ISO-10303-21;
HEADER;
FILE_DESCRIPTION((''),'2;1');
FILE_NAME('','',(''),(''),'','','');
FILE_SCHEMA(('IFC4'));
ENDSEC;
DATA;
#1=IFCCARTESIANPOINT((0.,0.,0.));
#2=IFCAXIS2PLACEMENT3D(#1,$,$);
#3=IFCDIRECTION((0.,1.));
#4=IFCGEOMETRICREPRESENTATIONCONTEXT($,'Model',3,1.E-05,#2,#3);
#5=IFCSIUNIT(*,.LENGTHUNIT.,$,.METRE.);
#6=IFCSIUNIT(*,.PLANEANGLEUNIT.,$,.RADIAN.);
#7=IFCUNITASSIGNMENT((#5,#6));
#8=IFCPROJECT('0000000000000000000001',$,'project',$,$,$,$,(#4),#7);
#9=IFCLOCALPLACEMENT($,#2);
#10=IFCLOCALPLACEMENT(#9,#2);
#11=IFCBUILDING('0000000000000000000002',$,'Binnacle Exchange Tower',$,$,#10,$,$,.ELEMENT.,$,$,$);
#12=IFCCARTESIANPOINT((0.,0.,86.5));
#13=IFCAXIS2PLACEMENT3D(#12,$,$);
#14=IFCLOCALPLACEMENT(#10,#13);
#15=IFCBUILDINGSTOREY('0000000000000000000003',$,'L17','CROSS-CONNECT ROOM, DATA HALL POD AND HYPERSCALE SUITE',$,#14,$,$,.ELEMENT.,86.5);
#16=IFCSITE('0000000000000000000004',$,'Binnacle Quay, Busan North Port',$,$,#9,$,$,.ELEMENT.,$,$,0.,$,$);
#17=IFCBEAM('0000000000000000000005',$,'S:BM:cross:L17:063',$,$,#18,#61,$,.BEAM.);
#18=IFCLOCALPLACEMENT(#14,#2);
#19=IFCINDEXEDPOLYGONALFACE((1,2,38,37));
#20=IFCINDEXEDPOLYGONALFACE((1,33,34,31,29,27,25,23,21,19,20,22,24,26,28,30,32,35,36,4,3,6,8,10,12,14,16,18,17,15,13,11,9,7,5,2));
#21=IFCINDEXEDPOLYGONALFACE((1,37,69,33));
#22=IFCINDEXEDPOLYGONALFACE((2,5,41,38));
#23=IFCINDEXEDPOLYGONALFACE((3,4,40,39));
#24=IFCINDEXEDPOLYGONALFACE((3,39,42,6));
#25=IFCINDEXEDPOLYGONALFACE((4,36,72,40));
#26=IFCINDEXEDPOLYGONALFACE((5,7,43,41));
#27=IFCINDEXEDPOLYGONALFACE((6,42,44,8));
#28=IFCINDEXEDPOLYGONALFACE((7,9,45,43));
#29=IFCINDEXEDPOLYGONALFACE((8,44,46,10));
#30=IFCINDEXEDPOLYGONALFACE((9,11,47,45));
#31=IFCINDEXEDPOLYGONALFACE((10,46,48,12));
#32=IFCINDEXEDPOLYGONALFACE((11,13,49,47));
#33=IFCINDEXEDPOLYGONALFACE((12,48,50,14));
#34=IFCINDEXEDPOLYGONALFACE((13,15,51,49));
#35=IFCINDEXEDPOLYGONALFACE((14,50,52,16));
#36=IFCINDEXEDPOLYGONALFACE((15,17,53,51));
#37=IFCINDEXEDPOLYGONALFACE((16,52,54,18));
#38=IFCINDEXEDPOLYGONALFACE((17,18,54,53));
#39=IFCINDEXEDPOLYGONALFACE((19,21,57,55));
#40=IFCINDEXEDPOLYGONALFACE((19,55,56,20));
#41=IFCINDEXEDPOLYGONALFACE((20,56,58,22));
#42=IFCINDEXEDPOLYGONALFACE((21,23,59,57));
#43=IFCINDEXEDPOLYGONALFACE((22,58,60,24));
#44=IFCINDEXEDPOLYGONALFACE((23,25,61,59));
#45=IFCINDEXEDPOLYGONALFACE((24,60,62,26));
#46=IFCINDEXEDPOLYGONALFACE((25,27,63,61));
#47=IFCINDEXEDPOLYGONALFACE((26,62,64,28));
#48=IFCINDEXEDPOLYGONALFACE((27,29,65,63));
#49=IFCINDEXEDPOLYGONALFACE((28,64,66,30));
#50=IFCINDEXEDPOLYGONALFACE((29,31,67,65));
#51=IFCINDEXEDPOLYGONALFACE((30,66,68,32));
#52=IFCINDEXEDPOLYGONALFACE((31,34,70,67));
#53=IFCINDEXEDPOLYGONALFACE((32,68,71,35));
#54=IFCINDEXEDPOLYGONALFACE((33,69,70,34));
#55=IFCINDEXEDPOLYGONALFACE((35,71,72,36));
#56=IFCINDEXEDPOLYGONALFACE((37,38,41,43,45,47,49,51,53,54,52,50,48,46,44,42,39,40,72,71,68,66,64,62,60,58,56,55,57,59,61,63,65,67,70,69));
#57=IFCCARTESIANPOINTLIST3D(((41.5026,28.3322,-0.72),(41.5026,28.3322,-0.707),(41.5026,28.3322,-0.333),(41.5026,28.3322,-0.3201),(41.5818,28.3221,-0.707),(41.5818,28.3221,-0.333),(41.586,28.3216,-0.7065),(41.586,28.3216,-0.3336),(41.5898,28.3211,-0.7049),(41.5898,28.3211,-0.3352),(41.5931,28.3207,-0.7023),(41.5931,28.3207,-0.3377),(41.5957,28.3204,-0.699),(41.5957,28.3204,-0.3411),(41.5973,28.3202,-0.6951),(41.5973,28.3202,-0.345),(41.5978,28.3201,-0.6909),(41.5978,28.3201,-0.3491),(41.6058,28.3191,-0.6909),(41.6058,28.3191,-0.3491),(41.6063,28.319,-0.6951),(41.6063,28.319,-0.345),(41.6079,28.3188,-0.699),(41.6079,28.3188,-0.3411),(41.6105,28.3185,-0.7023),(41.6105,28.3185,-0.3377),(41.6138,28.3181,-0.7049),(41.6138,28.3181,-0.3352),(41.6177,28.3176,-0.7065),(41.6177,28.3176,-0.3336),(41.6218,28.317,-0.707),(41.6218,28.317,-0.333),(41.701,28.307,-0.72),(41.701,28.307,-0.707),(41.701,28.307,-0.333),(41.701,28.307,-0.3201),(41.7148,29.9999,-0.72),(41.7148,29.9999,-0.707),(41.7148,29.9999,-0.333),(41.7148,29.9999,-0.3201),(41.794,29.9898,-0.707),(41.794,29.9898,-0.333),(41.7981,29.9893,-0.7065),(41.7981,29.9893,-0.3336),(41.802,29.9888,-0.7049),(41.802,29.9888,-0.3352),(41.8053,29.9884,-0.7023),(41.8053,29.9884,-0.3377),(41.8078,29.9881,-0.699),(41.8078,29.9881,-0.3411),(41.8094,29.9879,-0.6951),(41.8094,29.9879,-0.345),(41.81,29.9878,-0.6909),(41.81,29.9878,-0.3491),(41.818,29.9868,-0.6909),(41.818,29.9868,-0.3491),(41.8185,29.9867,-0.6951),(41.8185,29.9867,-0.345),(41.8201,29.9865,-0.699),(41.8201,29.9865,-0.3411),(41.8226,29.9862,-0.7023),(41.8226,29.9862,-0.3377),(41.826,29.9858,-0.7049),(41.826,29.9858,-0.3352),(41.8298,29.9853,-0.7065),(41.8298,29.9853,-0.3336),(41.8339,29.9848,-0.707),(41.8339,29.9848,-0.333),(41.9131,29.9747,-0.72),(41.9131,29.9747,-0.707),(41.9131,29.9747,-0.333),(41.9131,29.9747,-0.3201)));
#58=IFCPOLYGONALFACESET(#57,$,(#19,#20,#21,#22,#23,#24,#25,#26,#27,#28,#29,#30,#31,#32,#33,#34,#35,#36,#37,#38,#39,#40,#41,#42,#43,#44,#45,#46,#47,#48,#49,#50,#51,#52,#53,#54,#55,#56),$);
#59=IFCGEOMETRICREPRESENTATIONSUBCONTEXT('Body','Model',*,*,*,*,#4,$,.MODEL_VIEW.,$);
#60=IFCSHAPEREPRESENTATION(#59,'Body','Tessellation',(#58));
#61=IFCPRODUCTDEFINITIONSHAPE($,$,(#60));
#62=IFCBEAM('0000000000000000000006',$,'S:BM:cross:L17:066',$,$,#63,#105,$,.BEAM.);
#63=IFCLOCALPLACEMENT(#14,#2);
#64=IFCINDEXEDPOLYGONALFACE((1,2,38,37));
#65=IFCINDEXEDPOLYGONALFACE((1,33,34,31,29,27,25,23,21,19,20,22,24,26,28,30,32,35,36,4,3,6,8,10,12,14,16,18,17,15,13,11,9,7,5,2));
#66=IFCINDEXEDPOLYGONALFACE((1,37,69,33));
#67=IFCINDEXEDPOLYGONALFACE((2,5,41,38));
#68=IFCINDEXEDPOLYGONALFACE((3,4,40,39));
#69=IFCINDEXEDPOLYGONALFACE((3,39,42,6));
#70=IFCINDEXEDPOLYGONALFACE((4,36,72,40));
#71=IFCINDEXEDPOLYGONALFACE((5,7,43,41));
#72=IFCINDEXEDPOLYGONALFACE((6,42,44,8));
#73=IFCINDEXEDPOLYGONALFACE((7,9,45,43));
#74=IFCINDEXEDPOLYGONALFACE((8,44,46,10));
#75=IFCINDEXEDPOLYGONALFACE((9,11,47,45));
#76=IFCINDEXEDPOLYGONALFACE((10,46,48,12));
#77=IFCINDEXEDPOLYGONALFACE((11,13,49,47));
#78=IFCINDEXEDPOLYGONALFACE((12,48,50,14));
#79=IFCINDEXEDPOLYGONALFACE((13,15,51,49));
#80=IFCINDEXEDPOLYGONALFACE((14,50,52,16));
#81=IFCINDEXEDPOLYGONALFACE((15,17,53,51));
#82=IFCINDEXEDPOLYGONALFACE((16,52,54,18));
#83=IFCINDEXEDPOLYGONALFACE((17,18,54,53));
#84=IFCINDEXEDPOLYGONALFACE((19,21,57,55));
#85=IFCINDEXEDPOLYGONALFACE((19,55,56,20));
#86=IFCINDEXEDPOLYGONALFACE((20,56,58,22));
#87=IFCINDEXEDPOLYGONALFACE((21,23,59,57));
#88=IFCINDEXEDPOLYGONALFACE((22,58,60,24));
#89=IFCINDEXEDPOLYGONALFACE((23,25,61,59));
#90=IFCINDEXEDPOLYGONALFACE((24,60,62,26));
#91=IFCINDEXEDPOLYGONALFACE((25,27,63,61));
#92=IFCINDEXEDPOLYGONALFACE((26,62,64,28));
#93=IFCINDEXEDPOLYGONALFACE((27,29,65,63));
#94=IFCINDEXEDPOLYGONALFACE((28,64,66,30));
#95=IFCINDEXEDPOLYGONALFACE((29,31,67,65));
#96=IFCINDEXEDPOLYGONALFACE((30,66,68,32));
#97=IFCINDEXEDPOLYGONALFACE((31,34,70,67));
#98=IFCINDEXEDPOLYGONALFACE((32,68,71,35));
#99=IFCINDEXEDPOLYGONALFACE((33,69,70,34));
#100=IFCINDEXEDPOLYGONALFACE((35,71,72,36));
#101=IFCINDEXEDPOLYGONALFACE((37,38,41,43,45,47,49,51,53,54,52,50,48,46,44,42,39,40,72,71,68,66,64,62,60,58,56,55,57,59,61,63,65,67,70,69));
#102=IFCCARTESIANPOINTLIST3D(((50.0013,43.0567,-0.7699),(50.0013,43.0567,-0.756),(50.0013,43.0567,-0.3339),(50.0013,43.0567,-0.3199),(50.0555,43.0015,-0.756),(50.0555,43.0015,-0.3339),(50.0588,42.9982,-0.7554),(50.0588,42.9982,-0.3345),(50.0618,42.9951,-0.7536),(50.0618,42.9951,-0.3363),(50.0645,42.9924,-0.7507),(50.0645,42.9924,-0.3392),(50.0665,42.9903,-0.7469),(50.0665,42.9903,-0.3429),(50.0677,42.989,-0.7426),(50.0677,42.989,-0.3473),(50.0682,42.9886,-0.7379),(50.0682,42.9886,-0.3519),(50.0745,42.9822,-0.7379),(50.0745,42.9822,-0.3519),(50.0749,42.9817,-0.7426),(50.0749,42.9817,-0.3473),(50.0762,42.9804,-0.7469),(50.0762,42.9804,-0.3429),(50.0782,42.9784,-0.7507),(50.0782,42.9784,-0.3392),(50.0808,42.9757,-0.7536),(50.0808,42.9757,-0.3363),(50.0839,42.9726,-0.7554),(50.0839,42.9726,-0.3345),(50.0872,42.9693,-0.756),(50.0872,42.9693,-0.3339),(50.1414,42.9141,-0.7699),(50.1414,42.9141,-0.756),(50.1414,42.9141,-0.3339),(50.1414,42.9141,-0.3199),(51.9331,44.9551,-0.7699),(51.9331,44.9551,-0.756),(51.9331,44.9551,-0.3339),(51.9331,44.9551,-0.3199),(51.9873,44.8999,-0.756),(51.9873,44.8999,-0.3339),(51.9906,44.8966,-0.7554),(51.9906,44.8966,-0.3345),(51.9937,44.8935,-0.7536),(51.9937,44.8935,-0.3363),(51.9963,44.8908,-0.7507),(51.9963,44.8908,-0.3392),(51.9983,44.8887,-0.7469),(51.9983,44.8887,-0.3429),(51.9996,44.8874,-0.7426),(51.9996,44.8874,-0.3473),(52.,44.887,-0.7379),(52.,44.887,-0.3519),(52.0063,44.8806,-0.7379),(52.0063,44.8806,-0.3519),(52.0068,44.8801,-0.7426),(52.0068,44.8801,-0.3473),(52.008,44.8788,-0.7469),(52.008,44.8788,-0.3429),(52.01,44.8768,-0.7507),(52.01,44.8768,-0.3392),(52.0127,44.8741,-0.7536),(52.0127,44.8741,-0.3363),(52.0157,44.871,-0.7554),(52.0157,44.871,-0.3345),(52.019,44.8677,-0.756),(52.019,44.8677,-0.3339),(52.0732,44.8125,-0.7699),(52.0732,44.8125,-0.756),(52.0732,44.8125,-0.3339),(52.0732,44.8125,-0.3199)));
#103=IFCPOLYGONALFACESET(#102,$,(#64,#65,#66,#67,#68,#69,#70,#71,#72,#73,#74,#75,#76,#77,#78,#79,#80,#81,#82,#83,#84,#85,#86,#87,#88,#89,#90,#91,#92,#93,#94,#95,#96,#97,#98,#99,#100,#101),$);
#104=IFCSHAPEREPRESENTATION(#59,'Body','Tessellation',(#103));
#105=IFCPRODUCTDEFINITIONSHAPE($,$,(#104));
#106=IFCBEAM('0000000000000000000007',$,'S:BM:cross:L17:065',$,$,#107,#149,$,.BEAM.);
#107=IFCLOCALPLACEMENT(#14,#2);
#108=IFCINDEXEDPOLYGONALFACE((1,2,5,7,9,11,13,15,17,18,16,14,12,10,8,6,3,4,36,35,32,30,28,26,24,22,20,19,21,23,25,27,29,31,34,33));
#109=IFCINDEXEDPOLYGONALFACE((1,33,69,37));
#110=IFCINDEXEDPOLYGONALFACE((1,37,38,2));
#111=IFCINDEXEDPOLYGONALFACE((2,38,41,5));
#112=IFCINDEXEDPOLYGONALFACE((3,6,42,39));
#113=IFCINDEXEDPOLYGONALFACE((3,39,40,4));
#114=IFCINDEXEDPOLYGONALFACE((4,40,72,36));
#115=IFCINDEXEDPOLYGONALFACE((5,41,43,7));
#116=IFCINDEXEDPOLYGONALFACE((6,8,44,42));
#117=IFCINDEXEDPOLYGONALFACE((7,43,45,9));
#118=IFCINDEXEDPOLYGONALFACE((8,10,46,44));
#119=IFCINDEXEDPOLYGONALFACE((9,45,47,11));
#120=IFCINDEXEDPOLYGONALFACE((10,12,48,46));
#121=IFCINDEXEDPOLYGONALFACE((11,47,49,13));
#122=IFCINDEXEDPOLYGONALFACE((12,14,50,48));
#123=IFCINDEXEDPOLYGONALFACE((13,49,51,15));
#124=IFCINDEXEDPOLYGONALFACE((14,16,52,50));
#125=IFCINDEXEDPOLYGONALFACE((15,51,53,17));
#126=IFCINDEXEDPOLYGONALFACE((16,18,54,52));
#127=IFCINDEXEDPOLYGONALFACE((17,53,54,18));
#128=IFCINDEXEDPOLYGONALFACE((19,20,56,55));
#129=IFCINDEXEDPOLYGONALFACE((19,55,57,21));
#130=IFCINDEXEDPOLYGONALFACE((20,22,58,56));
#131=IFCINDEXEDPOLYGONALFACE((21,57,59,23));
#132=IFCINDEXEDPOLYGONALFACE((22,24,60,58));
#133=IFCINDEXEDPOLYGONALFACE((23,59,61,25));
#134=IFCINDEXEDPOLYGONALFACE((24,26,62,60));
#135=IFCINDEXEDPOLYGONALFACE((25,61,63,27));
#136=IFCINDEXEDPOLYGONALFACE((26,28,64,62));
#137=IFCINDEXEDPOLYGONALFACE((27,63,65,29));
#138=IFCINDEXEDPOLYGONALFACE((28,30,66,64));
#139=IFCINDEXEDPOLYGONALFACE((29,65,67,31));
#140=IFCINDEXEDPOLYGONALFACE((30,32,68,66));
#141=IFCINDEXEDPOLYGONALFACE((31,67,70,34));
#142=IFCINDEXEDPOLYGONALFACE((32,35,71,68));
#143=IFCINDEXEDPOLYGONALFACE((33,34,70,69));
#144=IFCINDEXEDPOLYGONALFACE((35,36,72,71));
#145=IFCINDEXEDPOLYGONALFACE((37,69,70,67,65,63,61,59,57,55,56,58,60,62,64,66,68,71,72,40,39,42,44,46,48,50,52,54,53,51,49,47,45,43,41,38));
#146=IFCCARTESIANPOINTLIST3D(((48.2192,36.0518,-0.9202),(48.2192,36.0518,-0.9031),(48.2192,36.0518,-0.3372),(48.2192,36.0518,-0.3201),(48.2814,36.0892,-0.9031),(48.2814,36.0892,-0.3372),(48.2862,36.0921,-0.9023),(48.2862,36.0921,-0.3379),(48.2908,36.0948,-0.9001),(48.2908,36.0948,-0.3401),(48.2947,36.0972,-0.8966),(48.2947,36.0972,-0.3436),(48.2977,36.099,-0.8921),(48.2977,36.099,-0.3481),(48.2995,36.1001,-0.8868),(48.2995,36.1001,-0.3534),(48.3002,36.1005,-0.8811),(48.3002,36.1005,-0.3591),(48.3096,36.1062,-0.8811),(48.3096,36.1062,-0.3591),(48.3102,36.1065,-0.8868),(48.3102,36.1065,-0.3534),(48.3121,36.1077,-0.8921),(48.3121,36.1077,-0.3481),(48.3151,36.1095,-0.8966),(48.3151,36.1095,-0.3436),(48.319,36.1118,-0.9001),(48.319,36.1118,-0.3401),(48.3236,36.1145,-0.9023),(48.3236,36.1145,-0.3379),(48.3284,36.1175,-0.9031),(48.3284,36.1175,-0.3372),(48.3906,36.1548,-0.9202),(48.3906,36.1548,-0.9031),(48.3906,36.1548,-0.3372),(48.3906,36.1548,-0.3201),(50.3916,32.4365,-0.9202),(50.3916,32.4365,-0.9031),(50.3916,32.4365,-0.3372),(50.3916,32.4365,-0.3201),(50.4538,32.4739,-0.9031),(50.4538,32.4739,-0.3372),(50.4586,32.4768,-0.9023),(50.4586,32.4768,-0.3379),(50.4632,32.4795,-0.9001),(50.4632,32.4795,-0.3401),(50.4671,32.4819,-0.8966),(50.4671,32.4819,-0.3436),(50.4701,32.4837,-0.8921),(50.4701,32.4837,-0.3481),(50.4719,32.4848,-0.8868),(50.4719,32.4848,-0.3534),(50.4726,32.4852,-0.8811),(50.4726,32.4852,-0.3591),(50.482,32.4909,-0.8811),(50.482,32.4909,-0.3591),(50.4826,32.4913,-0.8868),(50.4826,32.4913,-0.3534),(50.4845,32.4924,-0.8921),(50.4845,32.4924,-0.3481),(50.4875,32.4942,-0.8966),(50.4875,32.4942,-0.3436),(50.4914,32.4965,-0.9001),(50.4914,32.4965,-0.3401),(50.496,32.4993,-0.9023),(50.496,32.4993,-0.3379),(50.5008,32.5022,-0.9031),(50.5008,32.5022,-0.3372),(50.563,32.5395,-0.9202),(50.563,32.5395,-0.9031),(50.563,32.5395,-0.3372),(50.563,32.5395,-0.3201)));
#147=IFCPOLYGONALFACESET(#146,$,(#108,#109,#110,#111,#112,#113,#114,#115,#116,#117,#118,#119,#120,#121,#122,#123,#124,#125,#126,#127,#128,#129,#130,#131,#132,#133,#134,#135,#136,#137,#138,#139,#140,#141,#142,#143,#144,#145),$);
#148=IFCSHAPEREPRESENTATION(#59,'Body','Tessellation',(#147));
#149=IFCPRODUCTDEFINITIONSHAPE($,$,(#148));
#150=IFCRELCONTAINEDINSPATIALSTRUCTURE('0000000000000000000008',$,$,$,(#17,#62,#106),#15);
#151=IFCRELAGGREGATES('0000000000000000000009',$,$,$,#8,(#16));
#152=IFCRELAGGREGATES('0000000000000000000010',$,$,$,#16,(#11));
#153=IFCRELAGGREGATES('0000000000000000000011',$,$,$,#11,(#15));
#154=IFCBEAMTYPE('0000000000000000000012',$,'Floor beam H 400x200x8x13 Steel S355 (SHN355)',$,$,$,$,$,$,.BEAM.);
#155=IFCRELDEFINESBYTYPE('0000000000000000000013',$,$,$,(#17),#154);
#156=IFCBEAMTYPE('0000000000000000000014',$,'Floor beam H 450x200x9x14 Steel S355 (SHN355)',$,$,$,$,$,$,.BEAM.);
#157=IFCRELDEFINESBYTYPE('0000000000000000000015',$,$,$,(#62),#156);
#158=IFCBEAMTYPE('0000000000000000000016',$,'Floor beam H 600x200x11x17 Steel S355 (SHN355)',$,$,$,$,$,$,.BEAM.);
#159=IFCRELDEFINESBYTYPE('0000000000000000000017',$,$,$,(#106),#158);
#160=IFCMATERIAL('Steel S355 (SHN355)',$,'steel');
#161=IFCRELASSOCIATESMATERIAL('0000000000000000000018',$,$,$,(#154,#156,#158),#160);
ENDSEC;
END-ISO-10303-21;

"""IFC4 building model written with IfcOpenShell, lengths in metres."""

from ifc_helpers import new_model, si_unit, direction, frame, origin, origin_2d, place, context, subcontext, project, spatial, i_section, extrude, material, material_profile, profile_set, type_object, element, save


model = new_model("IFC4")

# Units and contexts
model_context = context("Model", 3, precision=1e-05, world=origin(), true_north=direction((0.0, 1.0)))
body_context = subcontext(model_context, "Body", "Model", "MODEL_VIEW")
ifc_project = project(units=[si_unit("LENGTHUNIT", "METRE"), si_unit("PLANEANGLEUNIT", "RADIAN")], contexts=[model_context])

# Site, building, storey
site_placement = place(None, origin())
site = spatial("IfcSite", under=ifc_project, at=site_placement, Name="Binnacle Quay, Busan North Port", CompositionType="ELEMENT", RefElevation=0.0)
building_placement = place(site_placement, origin())
building = spatial("IfcBuilding", under=site, at=building_placement, Name="Binnacle Exchange Tower", CompositionType="ELEMENT")
storey_placement = place(building_placement, frame((0.0, 0.0, 86.5)))
storey = spatial("IfcBuildingStorey", under=building, at=storey_placement, Name="L17", Description="CROSS-CONNECT ROOM, DATA HALL POD AND HYPERSCALE SUITE", CompositionType="ELEMENT", Elevation=86.5)

# Beams
ifc_material_1 = material(Name="Steel S355 (SHN355)", Category="steel")
ifc_material_profile_1 = material_profile(ifc_material_1, i_section(OverallWidth=0.2, OverallDepth=0.3999, WebThickness=0.0081, FlangeThickness=0.0129, FilletRadius=0.0161, at=origin_2d()), Name="H 400x200x8x13")
ifc_profile_set_1 = profile_set([ifc_material_profile_1], Name="Steel S355 (SHN355)")
beam_type_1 = type_object("IfcBeamType", Name="Floor beam H 400x200x8x13 Steel S355 (SHN355)", PredefinedType="BEAM", material=ifc_profile_set_1)
beam_1_placement = place(storey_placement, frame((41.6018, 28.3196, -0.52), z_axis=(0.126197, 0.992005, 0.0), x_axis=(-0.992005, 0.126197, 0.0)))
element("IfcBeam", 1, at=beam_1_placement, inside=storey, type_object=beam_type_1, Name="S:BM:cross:L17:063", PredefinedType="BEAM", context=body_context, shape_type="SweptSolid", body=[
    extrude(i_section(OverallWidth=0.2, OverallDepth=0.3999, WebThickness=0.0081, FlangeThickness=0.0129, FilletRadius=0.0161, at=origin_2d()), origin(), (0.0, 0.0, 1.0), 1.6812),
])
ifc_material_profile_2 = material_profile(ifc_material_1, i_section(OverallWidth=0.2, OverallDepth=0.45, WebThickness=0.009, FlangeThickness=0.0139, FilletRadius=0.0181, at=origin_2d()), Name="H 450x200x9x14")
ifc_profile_set_2 = profile_set([ifc_material_profile_2], Name="Steel S355 (SHN355)")
beam_type_2 = type_object("IfcBeamType", Name="Floor beam H 450x200x9x14 Steel S355 (SHN355)", PredefinedType="BEAM", material=ifc_profile_set_2)
beam_2_placement = place(storey_placement, frame((52.0032, 44.8838, -0.5449), z_axis=(-0.713254, -0.700905, 0.0), x_axis=(0.700905, -0.713254, 0.0)))
element("IfcBeam", 2, at=beam_2_placement, inside=storey, type_object=beam_type_2, Name="S:BM:cross:L17:066", PredefinedType="BEAM", context=body_context, shape_type="SweptSolid", body=[
    extrude(i_section(OverallWidth=0.2, OverallDepth=0.45, WebThickness=0.009, FlangeThickness=0.0139, FilletRadius=0.0181, at=origin_2d()), origin(), (0.0, 0.0, 1.0), 2.7085),
])
ifc_material_profile_3 = material_profile(ifc_material_1, i_section(OverallWidth=0.2, OverallDepth=0.6001, WebThickness=0.011, FlangeThickness=0.0171, FilletRadius=0.022, at=origin_2d()), Name="H 600x200x11x17")
ifc_profile_set_3 = profile_set([ifc_material_profile_3], Name="Steel S355 (SHN355)")
beam_type_3 = type_object("IfcBeamType", Name="Floor beam H 600x200x11x17 Steel S355 (SHN355)", PredefinedType="BEAM", material=ifc_profile_set_3)
beam_3_placement = place(storey_placement, frame((50.4773, 32.488, -0.6201), z_axis=(-0.515057, 0.857156, 0.0), x_axis=(-0.857156, -0.515057, 0.0)))
element("IfcBeam", 3, at=beam_3_placement, inside=storey, type_object=beam_type_3, Name="S:BM:cross:L17:065", PredefinedType="BEAM", context=body_context, shape_type="SweptSolid", body=[
    extrude(i_section(OverallWidth=0.2, OverallDepth=0.6001, WebThickness=0.011, FlangeThickness=0.0171, FilletRadius=0.022, at=origin_2d()), origin(), (0.0, 0.0, 1.0), 4.2178),
])

save(model, "model.ifc")
